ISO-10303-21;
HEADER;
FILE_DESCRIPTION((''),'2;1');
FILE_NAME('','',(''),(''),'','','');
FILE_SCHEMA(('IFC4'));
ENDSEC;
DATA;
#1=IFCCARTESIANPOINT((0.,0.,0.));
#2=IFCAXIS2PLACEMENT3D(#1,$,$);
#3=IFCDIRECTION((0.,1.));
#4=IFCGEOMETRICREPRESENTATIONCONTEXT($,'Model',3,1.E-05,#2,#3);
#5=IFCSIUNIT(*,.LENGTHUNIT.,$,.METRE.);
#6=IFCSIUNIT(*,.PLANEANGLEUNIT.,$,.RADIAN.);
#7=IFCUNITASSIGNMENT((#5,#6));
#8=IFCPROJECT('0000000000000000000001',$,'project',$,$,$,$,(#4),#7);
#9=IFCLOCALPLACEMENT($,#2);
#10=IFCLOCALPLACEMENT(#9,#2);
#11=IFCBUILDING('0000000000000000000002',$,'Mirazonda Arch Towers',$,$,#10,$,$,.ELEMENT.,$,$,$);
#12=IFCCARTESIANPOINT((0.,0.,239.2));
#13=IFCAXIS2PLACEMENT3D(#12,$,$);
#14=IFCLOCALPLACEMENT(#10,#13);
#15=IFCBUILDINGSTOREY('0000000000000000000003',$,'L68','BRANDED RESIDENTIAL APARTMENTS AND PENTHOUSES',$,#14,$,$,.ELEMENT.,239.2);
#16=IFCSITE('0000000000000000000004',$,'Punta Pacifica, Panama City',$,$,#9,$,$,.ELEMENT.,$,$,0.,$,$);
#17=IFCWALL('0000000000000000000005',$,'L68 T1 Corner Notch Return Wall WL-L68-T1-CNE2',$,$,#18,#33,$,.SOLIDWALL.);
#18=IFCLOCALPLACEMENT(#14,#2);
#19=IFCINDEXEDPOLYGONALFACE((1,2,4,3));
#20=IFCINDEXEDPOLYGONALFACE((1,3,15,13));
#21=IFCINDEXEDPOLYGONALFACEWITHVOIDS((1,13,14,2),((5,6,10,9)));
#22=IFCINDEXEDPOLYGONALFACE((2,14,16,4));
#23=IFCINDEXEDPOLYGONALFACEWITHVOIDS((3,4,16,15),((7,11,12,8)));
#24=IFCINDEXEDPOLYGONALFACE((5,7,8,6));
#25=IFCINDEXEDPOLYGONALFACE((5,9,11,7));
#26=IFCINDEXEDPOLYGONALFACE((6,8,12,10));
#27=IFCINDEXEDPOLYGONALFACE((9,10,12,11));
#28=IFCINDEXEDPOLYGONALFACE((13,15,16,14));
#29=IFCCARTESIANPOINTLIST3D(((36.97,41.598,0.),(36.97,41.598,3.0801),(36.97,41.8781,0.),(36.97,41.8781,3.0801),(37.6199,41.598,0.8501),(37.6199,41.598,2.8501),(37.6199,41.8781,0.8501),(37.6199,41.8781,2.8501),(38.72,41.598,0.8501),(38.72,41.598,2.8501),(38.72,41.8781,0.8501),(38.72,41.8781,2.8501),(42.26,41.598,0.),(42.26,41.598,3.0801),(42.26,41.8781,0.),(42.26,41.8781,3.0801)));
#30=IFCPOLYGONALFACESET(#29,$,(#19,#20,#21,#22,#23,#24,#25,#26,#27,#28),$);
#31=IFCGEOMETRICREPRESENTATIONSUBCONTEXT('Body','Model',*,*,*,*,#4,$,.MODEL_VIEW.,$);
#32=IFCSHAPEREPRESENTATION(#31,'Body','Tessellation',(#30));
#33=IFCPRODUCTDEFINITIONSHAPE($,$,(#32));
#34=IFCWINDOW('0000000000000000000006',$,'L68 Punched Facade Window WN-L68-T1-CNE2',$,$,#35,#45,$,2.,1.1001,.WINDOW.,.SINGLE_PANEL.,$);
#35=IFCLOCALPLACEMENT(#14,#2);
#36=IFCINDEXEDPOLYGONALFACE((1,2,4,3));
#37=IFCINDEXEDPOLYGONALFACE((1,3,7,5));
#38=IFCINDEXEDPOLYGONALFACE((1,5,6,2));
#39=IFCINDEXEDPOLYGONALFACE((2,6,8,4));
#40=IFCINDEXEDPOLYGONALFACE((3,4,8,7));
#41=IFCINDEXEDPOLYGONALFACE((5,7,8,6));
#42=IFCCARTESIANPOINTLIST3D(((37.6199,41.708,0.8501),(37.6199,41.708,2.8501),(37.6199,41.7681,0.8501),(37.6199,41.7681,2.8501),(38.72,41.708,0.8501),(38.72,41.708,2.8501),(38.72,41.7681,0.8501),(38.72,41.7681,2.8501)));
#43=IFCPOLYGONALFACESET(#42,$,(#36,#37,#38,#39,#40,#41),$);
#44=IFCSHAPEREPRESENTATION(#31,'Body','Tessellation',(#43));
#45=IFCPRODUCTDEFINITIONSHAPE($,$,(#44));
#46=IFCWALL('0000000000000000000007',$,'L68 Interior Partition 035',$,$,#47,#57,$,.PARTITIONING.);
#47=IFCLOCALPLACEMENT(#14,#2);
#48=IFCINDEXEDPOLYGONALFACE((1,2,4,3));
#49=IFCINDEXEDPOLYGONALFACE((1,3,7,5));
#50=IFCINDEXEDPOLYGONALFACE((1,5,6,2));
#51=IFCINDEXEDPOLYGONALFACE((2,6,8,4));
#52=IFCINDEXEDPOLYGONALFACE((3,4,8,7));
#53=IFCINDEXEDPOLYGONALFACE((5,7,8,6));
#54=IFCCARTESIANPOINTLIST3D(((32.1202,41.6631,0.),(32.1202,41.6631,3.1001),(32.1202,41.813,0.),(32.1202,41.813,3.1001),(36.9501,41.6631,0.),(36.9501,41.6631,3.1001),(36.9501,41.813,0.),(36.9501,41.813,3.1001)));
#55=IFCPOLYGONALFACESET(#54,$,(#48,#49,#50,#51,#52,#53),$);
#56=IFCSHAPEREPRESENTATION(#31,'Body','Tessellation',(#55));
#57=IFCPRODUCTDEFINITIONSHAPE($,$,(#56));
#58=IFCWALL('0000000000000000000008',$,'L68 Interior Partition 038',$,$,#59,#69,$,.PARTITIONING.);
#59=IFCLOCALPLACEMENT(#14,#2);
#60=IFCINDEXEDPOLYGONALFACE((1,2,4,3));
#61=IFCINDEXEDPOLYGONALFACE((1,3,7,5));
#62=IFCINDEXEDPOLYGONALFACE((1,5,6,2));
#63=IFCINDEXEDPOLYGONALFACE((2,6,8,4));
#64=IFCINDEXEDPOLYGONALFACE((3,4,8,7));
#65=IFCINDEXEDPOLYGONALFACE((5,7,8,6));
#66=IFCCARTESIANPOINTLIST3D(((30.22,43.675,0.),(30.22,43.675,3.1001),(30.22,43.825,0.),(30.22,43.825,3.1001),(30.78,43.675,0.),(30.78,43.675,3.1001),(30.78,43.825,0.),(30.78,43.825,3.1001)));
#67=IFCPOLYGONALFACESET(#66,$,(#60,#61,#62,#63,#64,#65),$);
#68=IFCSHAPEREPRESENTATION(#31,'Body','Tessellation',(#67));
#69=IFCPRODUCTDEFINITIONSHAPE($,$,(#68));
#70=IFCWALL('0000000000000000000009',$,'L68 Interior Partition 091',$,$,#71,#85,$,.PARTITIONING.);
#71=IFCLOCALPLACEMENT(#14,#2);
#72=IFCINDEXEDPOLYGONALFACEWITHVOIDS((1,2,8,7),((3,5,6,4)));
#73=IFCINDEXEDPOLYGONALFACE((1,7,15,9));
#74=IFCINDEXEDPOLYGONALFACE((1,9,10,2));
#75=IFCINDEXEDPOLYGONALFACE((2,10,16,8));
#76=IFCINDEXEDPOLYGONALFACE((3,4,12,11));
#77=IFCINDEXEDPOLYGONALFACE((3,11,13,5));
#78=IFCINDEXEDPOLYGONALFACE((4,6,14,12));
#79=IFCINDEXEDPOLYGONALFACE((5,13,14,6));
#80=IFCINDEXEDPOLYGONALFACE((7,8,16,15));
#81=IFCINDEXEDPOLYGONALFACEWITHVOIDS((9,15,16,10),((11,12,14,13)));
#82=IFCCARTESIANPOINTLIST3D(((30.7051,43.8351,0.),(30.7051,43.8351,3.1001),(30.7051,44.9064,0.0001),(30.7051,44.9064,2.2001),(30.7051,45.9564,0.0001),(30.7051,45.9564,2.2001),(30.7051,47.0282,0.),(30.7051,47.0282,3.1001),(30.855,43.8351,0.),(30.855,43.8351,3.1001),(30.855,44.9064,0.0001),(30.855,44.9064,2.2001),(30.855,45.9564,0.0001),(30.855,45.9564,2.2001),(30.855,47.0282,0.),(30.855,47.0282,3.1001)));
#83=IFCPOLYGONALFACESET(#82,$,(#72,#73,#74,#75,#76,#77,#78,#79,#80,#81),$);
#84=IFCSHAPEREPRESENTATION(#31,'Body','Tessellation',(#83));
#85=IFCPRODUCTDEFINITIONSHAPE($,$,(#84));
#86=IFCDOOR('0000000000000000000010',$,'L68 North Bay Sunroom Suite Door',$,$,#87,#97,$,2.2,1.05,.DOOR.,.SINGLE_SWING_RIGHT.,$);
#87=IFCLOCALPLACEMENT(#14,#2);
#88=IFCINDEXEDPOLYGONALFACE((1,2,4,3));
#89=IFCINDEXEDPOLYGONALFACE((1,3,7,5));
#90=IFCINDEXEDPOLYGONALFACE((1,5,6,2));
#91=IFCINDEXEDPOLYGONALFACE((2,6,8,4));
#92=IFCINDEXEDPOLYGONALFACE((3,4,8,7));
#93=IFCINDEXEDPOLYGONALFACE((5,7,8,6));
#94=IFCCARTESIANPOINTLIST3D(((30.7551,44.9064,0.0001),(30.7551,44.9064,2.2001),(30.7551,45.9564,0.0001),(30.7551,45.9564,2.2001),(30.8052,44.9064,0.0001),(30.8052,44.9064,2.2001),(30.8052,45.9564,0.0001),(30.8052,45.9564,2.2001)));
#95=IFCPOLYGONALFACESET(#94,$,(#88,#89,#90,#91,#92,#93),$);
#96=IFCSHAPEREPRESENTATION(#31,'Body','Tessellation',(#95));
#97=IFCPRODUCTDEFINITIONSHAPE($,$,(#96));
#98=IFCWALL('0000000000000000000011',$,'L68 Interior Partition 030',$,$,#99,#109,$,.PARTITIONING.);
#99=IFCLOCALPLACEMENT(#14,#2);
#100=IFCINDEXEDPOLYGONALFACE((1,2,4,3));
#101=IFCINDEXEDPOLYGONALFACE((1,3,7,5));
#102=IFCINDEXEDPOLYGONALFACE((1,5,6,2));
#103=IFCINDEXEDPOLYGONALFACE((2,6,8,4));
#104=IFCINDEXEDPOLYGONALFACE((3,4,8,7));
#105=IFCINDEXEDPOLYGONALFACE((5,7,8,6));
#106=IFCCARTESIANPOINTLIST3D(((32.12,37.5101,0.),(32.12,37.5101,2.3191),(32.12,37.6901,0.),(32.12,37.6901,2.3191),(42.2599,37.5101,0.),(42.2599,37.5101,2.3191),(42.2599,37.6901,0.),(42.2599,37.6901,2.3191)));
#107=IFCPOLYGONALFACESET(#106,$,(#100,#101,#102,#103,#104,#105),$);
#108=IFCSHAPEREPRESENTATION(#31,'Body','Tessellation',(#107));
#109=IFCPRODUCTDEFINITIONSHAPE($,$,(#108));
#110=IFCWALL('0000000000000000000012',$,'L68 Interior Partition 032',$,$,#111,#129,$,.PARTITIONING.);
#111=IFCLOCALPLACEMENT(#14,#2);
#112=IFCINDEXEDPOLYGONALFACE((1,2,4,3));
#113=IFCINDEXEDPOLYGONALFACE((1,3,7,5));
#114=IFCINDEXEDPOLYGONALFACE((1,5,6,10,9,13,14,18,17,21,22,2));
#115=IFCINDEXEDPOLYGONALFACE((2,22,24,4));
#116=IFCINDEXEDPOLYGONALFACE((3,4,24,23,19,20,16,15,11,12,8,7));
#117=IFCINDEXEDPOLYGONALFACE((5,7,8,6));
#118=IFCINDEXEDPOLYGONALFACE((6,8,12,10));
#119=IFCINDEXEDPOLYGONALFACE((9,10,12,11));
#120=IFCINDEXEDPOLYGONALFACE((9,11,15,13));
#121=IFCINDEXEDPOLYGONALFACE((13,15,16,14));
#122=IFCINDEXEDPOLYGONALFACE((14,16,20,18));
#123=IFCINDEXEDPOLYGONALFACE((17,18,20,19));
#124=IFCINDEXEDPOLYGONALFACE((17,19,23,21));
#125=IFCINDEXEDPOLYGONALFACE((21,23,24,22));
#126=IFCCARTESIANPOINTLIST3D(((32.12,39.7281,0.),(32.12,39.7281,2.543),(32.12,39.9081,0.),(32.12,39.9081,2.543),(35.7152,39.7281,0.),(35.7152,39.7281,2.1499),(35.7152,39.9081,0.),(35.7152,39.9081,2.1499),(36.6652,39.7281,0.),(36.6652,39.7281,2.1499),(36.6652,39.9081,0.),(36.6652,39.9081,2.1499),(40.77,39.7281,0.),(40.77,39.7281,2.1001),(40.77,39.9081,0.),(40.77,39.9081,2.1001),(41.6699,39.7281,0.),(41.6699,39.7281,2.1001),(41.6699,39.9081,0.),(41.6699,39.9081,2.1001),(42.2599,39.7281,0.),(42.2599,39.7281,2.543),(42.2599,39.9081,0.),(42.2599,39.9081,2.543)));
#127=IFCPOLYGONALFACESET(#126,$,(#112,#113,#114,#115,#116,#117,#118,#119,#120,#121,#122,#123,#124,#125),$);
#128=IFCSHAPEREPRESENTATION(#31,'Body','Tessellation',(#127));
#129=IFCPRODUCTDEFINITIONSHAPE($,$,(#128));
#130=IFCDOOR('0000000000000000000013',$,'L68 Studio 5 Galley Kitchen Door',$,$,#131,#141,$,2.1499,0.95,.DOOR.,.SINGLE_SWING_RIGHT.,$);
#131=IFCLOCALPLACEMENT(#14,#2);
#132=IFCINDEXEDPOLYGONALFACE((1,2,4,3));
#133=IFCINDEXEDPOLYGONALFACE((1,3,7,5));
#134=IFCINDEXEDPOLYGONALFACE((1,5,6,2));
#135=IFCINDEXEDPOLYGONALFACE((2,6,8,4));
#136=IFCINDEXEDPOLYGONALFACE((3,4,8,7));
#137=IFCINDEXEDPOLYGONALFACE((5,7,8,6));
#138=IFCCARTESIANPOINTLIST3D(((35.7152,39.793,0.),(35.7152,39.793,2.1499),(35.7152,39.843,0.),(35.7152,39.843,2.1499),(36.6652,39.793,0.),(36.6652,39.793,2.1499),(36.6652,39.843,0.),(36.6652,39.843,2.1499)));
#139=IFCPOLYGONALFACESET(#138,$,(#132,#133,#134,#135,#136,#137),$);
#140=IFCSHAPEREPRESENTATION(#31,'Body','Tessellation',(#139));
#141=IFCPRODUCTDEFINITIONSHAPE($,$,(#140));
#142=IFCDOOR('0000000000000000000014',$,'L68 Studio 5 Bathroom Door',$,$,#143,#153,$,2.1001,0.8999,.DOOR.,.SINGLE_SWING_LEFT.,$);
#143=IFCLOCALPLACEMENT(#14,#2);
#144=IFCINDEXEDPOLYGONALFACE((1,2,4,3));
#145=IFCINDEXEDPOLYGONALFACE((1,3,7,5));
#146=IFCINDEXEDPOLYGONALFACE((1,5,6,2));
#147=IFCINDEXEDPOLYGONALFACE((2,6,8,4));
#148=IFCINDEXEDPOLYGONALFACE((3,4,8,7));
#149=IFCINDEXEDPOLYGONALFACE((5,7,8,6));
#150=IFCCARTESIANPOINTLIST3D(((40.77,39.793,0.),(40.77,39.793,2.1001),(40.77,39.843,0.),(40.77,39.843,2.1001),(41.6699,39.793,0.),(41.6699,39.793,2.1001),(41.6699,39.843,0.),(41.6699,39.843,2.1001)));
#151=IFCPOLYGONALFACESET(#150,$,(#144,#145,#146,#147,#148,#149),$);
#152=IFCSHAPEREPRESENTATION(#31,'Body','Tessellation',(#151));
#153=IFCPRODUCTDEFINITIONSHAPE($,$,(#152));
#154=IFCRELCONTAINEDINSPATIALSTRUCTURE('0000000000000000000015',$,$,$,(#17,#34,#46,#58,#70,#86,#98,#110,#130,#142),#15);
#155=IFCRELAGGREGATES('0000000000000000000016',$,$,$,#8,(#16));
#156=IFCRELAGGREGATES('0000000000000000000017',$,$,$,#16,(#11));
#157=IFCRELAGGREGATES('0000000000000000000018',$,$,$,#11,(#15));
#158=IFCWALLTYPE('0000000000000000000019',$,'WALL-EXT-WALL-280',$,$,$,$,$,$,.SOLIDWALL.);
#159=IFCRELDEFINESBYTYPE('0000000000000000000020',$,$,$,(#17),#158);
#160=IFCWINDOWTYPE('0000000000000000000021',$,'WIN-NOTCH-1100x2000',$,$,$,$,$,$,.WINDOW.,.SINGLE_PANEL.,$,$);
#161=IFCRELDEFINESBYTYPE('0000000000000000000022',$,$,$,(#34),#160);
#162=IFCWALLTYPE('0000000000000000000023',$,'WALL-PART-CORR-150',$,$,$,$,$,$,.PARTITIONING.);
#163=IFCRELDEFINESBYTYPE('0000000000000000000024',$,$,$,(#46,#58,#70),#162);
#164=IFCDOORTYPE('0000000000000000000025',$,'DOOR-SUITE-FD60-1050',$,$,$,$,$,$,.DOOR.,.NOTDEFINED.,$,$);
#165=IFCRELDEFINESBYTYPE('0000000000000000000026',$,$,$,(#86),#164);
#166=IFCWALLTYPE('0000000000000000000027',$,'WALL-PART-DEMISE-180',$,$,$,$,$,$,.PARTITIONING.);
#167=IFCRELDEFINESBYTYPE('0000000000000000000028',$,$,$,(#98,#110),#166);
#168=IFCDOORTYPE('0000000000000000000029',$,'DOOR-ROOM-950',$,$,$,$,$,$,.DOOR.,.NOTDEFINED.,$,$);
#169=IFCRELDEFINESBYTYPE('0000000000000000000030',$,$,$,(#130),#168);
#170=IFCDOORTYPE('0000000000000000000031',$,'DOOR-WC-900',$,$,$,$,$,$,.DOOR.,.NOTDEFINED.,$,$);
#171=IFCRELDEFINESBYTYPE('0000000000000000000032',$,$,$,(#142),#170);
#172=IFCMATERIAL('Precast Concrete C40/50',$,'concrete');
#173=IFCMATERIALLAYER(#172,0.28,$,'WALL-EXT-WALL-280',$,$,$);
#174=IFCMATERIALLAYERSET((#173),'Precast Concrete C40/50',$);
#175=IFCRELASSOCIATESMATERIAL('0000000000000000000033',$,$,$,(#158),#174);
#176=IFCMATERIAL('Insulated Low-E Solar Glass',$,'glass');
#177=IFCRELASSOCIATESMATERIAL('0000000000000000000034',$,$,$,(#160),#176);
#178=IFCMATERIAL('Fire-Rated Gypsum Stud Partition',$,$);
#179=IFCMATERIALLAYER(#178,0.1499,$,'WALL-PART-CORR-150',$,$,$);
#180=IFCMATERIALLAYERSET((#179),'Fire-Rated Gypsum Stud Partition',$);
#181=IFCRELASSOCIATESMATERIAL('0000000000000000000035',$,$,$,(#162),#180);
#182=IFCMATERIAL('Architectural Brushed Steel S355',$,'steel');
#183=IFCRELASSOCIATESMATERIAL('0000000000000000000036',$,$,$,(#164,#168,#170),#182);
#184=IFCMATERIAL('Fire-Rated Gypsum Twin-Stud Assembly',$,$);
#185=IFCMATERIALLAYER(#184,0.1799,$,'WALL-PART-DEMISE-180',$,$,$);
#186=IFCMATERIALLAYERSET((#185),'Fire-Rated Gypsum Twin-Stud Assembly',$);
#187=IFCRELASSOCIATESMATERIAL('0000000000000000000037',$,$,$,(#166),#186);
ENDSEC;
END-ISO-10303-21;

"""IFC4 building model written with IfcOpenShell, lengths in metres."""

from ifc_helpers import new_model, si_unit, direction, frame, frame_2d, origin, place, context, subcontext, project, spatial, rectangle, extrude, material, layer, layer_set, type_object, element, fill, save


model = new_model("IFC4")

# Units and contexts
model_context = context("Model", 3, precision=1e-05, world=origin(), true_north=direction((0.0, 1.0)))
body_context = subcontext(model_context, "Body", "Model", "MODEL_VIEW")
ifc_project = project(units=[si_unit("LENGTHUNIT", "METRE"), si_unit("PLANEANGLEUNIT", "RADIAN")], contexts=[model_context])

# Site, building, storey
site_placement = place(None, origin())
site = spatial("IfcSite", under=ifc_project, at=site_placement, Name="Punta Pacifica, Panama City", CompositionType="ELEMENT", RefElevation=0.0)
building_placement = place(site_placement, origin())
building = spatial("IfcBuilding", under=site, at=building_placement, Name="Mirazonda Arch Towers", CompositionType="ELEMENT")
storey_placement = place(building_placement, frame((0.0, 0.0, 239.2)))
storey = spatial("IfcBuildingStorey", under=building, at=storey_placement, Name="L68", Description="BRANDED RESIDENTIAL APARTMENTS AND PENTHOUSES", CompositionType="ELEMENT", Elevation=239.2)

# Shared definitions
ifc_material_1 = material(Name="Insulated Low-E Solar Glass", Category="glass")

# Wall, opening, window
ifc_material_2 = material(Name="Precast Concrete C40/50", Category="concrete")
ifc_layer_1 = layer(ifc_material_2, 0.28, Name="WALL-EXT-WALL-280")
ifc_layer_set_1 = layer_set([ifc_layer_1], Name="Precast Concrete C40/50")
wall_type_1 = type_object("IfcWallType", Name="WALL-EXT-WALL-280", PredefinedType="SOLIDWALL", material=ifc_layer_set_1)
window_type = type_object("IfcWindowType", Name="WIN-NOTCH-1100x2000", PartitioningType="SINGLE_PANEL", PredefinedType="WINDOW", material=ifc_material_1)
wall_1_placement = place(storey_placement, frame((42.26, 41.738, 0.0), z_axis=(0.0, 0.0, 1.0), x_axis=(-1.0, 0.0, 0.0)))
wall_1 = element("IfcWall", 1, at=wall_1_placement, inside=storey, type_object=wall_type_1, Name="L68 T1 Corner Notch Return Wall WL-L68-T1-CNE2", PredefinedType="SOLIDWALL", context=body_context, shape_type="SweptSolid", body=[
    extrude(rectangle(XDim=5.29, YDim=0.28, at=frame_2d((2.645, 0.0))), origin(), (0.0, 0.0, 1.0), 3.0801),
])
opening_1_placement = place(wall_1_placement, frame((3.54, 0.0, 0.8501)))
opening_1 = element("IfcOpeningElement", 2, at=opening_1_placement, cuts=wall_1, PredefinedType="OPENING", context=body_context, shape_type="SweptSolid", body=[
    extrude(rectangle(XDim=1.1001, YDim=2.0, at=frame_2d((0.55, 1.0))), frame((0.0, 0.1499, 0.0), z_axis=(0.0, -1.0, 0.0), x_axis=(1.0, 0.0, 0.0)), (0.0, 0.0, 1.0), 0.3),
])
window_1_placement = place(opening_1_placement, origin())
window_1 = element("IfcWindow", 3, at=window_1_placement, inside=storey, type_object=window_type, Name="L68 Punched Facade Window WN-L68-T1-CNE2", OverallHeight=2.0, OverallWidth=1.1001, PartitioningType="SINGLE_PANEL", PredefinedType="WINDOW", context=body_context, shape_type="SweptSolid", body=[
    extrude(rectangle(XDim=1.1001, YDim=2.0, at=frame_2d((0.55, 1.0))), frame((0.0, 0.03, 0.0), z_axis=(0.0, -1.0, 0.0), x_axis=(1.0, 0.0, 0.0)), (0.0, 0.0, 1.0), 0.0601),
])
fill(opening_1, window_1)

# Walls
ifc_material_3 = material(Name="Fire-Rated Gypsum Stud Partition")
ifc_layer_2 = layer(ifc_material_3, 0.1499, Name="WALL-PART-CORR-150")
ifc_layer_set_2 = layer_set([ifc_layer_2], Name="Fire-Rated Gypsum Stud Partition")
wall_type_2 = type_object("IfcWallType", Name="WALL-PART-CORR-150", PredefinedType="PARTITIONING", material=ifc_layer_set_2)
wall_2_placement = place(storey_placement, frame((32.1201, 41.738, 0.0), z_axis=(0.0, 0.0, 1.0), x_axis=(1.0, 0.0, 0.0)))
element("IfcWall", 4, at=wall_2_placement, inside=storey, type_object=wall_type_2, Name="L68 Interior Partition 035", PredefinedType="PARTITIONING", context=body_context, shape_type="SweptSolid", body=[
    extrude(rectangle(XDim=4.8298, YDim=0.1499, at=frame_2d((2.415, 0.0))), origin(), (0.0, 0.0, 1.0), 3.1001),
])
wall_3_placement = place(storey_placement, frame((30.22, 43.75, 0.0), z_axis=(0.0, 0.0, 1.0), x_axis=(1.0, 0.0, 0.0)))
element("IfcWall", 5, at=wall_3_placement, inside=storey, type_object=wall_type_2, Name="L68 Interior Partition 038", PredefinedType="PARTITIONING", context=body_context, shape_type="SweptSolid", body=[
    extrude(rectangle(XDim=0.5601, YDim=0.1499, at=frame_2d((0.28, 0.0))), origin(), (0.0, 0.0, 1.0), 3.1001),
])

# Wall, opening, door
wall_4_placement = place(storey_placement, frame((30.78, 43.835, 0.0), z_axis=(0.0, 0.0, 1.0), x_axis=(0.0, 1.0, 0.0)))
wall_4 = element("IfcWall", 6, at=wall_4_placement, inside=storey, type_object=wall_type_2, Name="L68 Interior Partition 091", PredefinedType="PARTITIONING", context=body_context, shape_type="SweptSolid", body=[
    extrude(rectangle(XDim=3.1931, YDim=0.1499, at=frame_2d((1.5967, 0.0))), origin(), (0.0, 0.0, 1.0), 3.1001),
])
opening_2_placement = place(wall_4_placement, frame((1.0715, 0.0, 0.0)))
opening_2 = element("IfcOpeningElement", 7, at=opening_2_placement, cuts=wall_4, PredefinedType="OPENING", context=body_context, shape_type="SweptSolid", body=[
    extrude(rectangle(XDim=1.05, YDim=2.2, at=frame_2d((0.5249, 1.1001))), frame((0.0, 0.085, 0.0), z_axis=(0.0, -1.0, 0.0), x_axis=(1.0, 0.0, 0.0)), (0.0, 0.0, 1.0), 0.1699),
])
ifc_material_4 = material(Name="Architectural Brushed Steel S355", Category="steel")
door_type_1 = type_object("IfcDoorType", Name="DOOR-SUITE-FD60-1050", OperationType="NOTDEFINED", PredefinedType="DOOR", material=ifc_material_4)
door_1_placement = place(opening_2_placement, origin())
door_1 = element("IfcDoor", 8, at=door_1_placement, inside=storey, type_object=door_type_1, Name="L68 North Bay Sunroom Suite Door", OperationType="SINGLE_SWING_RIGHT", OverallHeight=2.2, OverallWidth=1.05, PredefinedType="DOOR", context=body_context, shape_type="SweptSolid", body=[
    extrude(rectangle(XDim=1.05, YDim=2.2, at=frame_2d((0.5249, 1.1001))), frame((0.0, 0.0249, 0.0), z_axis=(0.0, -1.0, 0.0), x_axis=(1.0, 0.0, 0.0)), (0.0, 0.0, 1.0), 0.05),
])
fill(opening_2, door_1)

# Wall
ifc_material_5 = material(Name="Fire-Rated Gypsum Twin-Stud Assembly")
ifc_layer_3 = layer(ifc_material_5, 0.1799, Name="WALL-PART-DEMISE-180")
ifc_layer_set_3 = layer_set([ifc_layer_3], Name="Fire-Rated Gypsum Twin-Stud Assembly")
wall_type_3 = type_object("IfcWallType", Name="WALL-PART-DEMISE-180", PredefinedType="PARTITIONING", material=ifc_layer_set_3)
wall_5_placement = place(storey_placement, frame((32.1201, 37.6001, 0.0), z_axis=(0.0, 0.0, 1.0), x_axis=(1.0, 0.0, 0.0)))
element("IfcWall", 9, at=wall_5_placement, inside=storey, type_object=wall_type_3, Name="L68 Interior Partition 030", PredefinedType="PARTITIONING", context=body_context, shape_type="SweptSolid", body=[
    extrude(rectangle(XDim=10.1399, YDim=0.1799, at=frame_2d((5.0698, 0.0))), origin(), (0.0, 0.0, 1.0), 2.3191),
])

# Wall, openings, doors
wall_6_placement = place(storey_placement, frame((32.1201, 39.8181, 0.0), z_axis=(0.0, 0.0, 1.0), x_axis=(1.0, 0.0, 0.0)))
wall_6 = element("IfcWall", 10, at=wall_6_placement, inside=storey, type_object=wall_type_3, Name="L68 Interior Partition 032", PredefinedType="PARTITIONING", context=body_context, shape_type="SweptSolid", body=[
    extrude(rectangle(XDim=10.1399, YDim=0.1799, at=frame_2d((5.0698, 0.0))), origin(), (0.0, 0.0, 1.0), 2.543),
])
opening_3_placement = place(wall_6_placement, frame((3.595, 0.0, 0.0)))
opening_3 = element("IfcOpeningElement", 11, at=opening_3_placement, cuts=wall_6, PredefinedType="OPENING", context=body_context, shape_type="SweptSolid", body=[
    extrude(rectangle(XDim=0.95, YDim=2.1499, at=frame_2d((0.4751, 1.075))), frame((0.0, 0.0999, 0.0), z_axis=(0.0, -1.0, 0.0), x_axis=(1.0, 0.0, 0.0)), (0.0, 0.0, 1.0), 0.2),
])
opening_4_placement = place(wall_6_placement, frame((8.6499, 0.0, 0.0)))
opening_4 = element("IfcOpeningElement", 12, at=opening_4_placement, cuts=wall_6, PredefinedType="OPENING", context=body_context, shape_type="SweptSolid", body=[
    extrude(rectangle(XDim=0.8999, YDim=2.1001, at=frame_2d((0.45, 1.05))), frame((0.0, 0.0999, 0.0), z_axis=(0.0, -1.0, 0.0), x_axis=(1.0, 0.0, 0.0)), (0.0, 0.0, 1.0), 0.2),
])
door_type_2 = type_object("IfcDoorType", Name="DOOR-ROOM-950", OperationType="NOTDEFINED", PredefinedType="DOOR", material=ifc_material_4)
door_2_placement = place(opening_3_placement, origin())
door_2 = element("IfcDoor", 13, at=door_2_placement, inside=storey, type_object=door_type_2, Name="L68 Studio 5 Galley Kitchen Door", OperationType="SINGLE_SWING_RIGHT", OverallHeight=2.1499, OverallWidth=0.95, PredefinedType="DOOR", context=body_context, shape_type="SweptSolid", body=[
    extrude(rectangle(XDim=0.95, YDim=2.1499, at=frame_2d((0.4751, 1.075))), frame((0.0, 0.0249, 0.0), z_axis=(0.0, -1.0, 0.0), x_axis=(1.0, 0.0, 0.0)), (0.0, 0.0, 1.0), 0.05),
])
fill(opening_3, door_2)
door_type_3 = type_object("IfcDoorType", Name="DOOR-WC-900", OperationType="NOTDEFINED", PredefinedType="DOOR", material=ifc_material_4)
door_3_placement = place(opening_4_placement, origin())
door_3 = element("IfcDoor", 14, at=door_3_placement, inside=storey, type_object=door_type_3, Name="L68 Studio 5 Bathroom Door", OperationType="SINGLE_SWING_LEFT", OverallHeight=2.1001, OverallWidth=0.8999, PredefinedType="DOOR", context=body_context, shape_type="SweptSolid", body=[
    extrude(rectangle(XDim=0.8999, YDim=2.1001, at=frame_2d((0.45, 1.05))), frame((0.0, 0.0249, 0.0), z_axis=(0.0, -1.0, 0.0), x_axis=(1.0, 0.0, 0.0)), (0.0, 0.0, 1.0), 0.05),
])
fill(opening_4, door_3)

save(model, "model.ifc")
